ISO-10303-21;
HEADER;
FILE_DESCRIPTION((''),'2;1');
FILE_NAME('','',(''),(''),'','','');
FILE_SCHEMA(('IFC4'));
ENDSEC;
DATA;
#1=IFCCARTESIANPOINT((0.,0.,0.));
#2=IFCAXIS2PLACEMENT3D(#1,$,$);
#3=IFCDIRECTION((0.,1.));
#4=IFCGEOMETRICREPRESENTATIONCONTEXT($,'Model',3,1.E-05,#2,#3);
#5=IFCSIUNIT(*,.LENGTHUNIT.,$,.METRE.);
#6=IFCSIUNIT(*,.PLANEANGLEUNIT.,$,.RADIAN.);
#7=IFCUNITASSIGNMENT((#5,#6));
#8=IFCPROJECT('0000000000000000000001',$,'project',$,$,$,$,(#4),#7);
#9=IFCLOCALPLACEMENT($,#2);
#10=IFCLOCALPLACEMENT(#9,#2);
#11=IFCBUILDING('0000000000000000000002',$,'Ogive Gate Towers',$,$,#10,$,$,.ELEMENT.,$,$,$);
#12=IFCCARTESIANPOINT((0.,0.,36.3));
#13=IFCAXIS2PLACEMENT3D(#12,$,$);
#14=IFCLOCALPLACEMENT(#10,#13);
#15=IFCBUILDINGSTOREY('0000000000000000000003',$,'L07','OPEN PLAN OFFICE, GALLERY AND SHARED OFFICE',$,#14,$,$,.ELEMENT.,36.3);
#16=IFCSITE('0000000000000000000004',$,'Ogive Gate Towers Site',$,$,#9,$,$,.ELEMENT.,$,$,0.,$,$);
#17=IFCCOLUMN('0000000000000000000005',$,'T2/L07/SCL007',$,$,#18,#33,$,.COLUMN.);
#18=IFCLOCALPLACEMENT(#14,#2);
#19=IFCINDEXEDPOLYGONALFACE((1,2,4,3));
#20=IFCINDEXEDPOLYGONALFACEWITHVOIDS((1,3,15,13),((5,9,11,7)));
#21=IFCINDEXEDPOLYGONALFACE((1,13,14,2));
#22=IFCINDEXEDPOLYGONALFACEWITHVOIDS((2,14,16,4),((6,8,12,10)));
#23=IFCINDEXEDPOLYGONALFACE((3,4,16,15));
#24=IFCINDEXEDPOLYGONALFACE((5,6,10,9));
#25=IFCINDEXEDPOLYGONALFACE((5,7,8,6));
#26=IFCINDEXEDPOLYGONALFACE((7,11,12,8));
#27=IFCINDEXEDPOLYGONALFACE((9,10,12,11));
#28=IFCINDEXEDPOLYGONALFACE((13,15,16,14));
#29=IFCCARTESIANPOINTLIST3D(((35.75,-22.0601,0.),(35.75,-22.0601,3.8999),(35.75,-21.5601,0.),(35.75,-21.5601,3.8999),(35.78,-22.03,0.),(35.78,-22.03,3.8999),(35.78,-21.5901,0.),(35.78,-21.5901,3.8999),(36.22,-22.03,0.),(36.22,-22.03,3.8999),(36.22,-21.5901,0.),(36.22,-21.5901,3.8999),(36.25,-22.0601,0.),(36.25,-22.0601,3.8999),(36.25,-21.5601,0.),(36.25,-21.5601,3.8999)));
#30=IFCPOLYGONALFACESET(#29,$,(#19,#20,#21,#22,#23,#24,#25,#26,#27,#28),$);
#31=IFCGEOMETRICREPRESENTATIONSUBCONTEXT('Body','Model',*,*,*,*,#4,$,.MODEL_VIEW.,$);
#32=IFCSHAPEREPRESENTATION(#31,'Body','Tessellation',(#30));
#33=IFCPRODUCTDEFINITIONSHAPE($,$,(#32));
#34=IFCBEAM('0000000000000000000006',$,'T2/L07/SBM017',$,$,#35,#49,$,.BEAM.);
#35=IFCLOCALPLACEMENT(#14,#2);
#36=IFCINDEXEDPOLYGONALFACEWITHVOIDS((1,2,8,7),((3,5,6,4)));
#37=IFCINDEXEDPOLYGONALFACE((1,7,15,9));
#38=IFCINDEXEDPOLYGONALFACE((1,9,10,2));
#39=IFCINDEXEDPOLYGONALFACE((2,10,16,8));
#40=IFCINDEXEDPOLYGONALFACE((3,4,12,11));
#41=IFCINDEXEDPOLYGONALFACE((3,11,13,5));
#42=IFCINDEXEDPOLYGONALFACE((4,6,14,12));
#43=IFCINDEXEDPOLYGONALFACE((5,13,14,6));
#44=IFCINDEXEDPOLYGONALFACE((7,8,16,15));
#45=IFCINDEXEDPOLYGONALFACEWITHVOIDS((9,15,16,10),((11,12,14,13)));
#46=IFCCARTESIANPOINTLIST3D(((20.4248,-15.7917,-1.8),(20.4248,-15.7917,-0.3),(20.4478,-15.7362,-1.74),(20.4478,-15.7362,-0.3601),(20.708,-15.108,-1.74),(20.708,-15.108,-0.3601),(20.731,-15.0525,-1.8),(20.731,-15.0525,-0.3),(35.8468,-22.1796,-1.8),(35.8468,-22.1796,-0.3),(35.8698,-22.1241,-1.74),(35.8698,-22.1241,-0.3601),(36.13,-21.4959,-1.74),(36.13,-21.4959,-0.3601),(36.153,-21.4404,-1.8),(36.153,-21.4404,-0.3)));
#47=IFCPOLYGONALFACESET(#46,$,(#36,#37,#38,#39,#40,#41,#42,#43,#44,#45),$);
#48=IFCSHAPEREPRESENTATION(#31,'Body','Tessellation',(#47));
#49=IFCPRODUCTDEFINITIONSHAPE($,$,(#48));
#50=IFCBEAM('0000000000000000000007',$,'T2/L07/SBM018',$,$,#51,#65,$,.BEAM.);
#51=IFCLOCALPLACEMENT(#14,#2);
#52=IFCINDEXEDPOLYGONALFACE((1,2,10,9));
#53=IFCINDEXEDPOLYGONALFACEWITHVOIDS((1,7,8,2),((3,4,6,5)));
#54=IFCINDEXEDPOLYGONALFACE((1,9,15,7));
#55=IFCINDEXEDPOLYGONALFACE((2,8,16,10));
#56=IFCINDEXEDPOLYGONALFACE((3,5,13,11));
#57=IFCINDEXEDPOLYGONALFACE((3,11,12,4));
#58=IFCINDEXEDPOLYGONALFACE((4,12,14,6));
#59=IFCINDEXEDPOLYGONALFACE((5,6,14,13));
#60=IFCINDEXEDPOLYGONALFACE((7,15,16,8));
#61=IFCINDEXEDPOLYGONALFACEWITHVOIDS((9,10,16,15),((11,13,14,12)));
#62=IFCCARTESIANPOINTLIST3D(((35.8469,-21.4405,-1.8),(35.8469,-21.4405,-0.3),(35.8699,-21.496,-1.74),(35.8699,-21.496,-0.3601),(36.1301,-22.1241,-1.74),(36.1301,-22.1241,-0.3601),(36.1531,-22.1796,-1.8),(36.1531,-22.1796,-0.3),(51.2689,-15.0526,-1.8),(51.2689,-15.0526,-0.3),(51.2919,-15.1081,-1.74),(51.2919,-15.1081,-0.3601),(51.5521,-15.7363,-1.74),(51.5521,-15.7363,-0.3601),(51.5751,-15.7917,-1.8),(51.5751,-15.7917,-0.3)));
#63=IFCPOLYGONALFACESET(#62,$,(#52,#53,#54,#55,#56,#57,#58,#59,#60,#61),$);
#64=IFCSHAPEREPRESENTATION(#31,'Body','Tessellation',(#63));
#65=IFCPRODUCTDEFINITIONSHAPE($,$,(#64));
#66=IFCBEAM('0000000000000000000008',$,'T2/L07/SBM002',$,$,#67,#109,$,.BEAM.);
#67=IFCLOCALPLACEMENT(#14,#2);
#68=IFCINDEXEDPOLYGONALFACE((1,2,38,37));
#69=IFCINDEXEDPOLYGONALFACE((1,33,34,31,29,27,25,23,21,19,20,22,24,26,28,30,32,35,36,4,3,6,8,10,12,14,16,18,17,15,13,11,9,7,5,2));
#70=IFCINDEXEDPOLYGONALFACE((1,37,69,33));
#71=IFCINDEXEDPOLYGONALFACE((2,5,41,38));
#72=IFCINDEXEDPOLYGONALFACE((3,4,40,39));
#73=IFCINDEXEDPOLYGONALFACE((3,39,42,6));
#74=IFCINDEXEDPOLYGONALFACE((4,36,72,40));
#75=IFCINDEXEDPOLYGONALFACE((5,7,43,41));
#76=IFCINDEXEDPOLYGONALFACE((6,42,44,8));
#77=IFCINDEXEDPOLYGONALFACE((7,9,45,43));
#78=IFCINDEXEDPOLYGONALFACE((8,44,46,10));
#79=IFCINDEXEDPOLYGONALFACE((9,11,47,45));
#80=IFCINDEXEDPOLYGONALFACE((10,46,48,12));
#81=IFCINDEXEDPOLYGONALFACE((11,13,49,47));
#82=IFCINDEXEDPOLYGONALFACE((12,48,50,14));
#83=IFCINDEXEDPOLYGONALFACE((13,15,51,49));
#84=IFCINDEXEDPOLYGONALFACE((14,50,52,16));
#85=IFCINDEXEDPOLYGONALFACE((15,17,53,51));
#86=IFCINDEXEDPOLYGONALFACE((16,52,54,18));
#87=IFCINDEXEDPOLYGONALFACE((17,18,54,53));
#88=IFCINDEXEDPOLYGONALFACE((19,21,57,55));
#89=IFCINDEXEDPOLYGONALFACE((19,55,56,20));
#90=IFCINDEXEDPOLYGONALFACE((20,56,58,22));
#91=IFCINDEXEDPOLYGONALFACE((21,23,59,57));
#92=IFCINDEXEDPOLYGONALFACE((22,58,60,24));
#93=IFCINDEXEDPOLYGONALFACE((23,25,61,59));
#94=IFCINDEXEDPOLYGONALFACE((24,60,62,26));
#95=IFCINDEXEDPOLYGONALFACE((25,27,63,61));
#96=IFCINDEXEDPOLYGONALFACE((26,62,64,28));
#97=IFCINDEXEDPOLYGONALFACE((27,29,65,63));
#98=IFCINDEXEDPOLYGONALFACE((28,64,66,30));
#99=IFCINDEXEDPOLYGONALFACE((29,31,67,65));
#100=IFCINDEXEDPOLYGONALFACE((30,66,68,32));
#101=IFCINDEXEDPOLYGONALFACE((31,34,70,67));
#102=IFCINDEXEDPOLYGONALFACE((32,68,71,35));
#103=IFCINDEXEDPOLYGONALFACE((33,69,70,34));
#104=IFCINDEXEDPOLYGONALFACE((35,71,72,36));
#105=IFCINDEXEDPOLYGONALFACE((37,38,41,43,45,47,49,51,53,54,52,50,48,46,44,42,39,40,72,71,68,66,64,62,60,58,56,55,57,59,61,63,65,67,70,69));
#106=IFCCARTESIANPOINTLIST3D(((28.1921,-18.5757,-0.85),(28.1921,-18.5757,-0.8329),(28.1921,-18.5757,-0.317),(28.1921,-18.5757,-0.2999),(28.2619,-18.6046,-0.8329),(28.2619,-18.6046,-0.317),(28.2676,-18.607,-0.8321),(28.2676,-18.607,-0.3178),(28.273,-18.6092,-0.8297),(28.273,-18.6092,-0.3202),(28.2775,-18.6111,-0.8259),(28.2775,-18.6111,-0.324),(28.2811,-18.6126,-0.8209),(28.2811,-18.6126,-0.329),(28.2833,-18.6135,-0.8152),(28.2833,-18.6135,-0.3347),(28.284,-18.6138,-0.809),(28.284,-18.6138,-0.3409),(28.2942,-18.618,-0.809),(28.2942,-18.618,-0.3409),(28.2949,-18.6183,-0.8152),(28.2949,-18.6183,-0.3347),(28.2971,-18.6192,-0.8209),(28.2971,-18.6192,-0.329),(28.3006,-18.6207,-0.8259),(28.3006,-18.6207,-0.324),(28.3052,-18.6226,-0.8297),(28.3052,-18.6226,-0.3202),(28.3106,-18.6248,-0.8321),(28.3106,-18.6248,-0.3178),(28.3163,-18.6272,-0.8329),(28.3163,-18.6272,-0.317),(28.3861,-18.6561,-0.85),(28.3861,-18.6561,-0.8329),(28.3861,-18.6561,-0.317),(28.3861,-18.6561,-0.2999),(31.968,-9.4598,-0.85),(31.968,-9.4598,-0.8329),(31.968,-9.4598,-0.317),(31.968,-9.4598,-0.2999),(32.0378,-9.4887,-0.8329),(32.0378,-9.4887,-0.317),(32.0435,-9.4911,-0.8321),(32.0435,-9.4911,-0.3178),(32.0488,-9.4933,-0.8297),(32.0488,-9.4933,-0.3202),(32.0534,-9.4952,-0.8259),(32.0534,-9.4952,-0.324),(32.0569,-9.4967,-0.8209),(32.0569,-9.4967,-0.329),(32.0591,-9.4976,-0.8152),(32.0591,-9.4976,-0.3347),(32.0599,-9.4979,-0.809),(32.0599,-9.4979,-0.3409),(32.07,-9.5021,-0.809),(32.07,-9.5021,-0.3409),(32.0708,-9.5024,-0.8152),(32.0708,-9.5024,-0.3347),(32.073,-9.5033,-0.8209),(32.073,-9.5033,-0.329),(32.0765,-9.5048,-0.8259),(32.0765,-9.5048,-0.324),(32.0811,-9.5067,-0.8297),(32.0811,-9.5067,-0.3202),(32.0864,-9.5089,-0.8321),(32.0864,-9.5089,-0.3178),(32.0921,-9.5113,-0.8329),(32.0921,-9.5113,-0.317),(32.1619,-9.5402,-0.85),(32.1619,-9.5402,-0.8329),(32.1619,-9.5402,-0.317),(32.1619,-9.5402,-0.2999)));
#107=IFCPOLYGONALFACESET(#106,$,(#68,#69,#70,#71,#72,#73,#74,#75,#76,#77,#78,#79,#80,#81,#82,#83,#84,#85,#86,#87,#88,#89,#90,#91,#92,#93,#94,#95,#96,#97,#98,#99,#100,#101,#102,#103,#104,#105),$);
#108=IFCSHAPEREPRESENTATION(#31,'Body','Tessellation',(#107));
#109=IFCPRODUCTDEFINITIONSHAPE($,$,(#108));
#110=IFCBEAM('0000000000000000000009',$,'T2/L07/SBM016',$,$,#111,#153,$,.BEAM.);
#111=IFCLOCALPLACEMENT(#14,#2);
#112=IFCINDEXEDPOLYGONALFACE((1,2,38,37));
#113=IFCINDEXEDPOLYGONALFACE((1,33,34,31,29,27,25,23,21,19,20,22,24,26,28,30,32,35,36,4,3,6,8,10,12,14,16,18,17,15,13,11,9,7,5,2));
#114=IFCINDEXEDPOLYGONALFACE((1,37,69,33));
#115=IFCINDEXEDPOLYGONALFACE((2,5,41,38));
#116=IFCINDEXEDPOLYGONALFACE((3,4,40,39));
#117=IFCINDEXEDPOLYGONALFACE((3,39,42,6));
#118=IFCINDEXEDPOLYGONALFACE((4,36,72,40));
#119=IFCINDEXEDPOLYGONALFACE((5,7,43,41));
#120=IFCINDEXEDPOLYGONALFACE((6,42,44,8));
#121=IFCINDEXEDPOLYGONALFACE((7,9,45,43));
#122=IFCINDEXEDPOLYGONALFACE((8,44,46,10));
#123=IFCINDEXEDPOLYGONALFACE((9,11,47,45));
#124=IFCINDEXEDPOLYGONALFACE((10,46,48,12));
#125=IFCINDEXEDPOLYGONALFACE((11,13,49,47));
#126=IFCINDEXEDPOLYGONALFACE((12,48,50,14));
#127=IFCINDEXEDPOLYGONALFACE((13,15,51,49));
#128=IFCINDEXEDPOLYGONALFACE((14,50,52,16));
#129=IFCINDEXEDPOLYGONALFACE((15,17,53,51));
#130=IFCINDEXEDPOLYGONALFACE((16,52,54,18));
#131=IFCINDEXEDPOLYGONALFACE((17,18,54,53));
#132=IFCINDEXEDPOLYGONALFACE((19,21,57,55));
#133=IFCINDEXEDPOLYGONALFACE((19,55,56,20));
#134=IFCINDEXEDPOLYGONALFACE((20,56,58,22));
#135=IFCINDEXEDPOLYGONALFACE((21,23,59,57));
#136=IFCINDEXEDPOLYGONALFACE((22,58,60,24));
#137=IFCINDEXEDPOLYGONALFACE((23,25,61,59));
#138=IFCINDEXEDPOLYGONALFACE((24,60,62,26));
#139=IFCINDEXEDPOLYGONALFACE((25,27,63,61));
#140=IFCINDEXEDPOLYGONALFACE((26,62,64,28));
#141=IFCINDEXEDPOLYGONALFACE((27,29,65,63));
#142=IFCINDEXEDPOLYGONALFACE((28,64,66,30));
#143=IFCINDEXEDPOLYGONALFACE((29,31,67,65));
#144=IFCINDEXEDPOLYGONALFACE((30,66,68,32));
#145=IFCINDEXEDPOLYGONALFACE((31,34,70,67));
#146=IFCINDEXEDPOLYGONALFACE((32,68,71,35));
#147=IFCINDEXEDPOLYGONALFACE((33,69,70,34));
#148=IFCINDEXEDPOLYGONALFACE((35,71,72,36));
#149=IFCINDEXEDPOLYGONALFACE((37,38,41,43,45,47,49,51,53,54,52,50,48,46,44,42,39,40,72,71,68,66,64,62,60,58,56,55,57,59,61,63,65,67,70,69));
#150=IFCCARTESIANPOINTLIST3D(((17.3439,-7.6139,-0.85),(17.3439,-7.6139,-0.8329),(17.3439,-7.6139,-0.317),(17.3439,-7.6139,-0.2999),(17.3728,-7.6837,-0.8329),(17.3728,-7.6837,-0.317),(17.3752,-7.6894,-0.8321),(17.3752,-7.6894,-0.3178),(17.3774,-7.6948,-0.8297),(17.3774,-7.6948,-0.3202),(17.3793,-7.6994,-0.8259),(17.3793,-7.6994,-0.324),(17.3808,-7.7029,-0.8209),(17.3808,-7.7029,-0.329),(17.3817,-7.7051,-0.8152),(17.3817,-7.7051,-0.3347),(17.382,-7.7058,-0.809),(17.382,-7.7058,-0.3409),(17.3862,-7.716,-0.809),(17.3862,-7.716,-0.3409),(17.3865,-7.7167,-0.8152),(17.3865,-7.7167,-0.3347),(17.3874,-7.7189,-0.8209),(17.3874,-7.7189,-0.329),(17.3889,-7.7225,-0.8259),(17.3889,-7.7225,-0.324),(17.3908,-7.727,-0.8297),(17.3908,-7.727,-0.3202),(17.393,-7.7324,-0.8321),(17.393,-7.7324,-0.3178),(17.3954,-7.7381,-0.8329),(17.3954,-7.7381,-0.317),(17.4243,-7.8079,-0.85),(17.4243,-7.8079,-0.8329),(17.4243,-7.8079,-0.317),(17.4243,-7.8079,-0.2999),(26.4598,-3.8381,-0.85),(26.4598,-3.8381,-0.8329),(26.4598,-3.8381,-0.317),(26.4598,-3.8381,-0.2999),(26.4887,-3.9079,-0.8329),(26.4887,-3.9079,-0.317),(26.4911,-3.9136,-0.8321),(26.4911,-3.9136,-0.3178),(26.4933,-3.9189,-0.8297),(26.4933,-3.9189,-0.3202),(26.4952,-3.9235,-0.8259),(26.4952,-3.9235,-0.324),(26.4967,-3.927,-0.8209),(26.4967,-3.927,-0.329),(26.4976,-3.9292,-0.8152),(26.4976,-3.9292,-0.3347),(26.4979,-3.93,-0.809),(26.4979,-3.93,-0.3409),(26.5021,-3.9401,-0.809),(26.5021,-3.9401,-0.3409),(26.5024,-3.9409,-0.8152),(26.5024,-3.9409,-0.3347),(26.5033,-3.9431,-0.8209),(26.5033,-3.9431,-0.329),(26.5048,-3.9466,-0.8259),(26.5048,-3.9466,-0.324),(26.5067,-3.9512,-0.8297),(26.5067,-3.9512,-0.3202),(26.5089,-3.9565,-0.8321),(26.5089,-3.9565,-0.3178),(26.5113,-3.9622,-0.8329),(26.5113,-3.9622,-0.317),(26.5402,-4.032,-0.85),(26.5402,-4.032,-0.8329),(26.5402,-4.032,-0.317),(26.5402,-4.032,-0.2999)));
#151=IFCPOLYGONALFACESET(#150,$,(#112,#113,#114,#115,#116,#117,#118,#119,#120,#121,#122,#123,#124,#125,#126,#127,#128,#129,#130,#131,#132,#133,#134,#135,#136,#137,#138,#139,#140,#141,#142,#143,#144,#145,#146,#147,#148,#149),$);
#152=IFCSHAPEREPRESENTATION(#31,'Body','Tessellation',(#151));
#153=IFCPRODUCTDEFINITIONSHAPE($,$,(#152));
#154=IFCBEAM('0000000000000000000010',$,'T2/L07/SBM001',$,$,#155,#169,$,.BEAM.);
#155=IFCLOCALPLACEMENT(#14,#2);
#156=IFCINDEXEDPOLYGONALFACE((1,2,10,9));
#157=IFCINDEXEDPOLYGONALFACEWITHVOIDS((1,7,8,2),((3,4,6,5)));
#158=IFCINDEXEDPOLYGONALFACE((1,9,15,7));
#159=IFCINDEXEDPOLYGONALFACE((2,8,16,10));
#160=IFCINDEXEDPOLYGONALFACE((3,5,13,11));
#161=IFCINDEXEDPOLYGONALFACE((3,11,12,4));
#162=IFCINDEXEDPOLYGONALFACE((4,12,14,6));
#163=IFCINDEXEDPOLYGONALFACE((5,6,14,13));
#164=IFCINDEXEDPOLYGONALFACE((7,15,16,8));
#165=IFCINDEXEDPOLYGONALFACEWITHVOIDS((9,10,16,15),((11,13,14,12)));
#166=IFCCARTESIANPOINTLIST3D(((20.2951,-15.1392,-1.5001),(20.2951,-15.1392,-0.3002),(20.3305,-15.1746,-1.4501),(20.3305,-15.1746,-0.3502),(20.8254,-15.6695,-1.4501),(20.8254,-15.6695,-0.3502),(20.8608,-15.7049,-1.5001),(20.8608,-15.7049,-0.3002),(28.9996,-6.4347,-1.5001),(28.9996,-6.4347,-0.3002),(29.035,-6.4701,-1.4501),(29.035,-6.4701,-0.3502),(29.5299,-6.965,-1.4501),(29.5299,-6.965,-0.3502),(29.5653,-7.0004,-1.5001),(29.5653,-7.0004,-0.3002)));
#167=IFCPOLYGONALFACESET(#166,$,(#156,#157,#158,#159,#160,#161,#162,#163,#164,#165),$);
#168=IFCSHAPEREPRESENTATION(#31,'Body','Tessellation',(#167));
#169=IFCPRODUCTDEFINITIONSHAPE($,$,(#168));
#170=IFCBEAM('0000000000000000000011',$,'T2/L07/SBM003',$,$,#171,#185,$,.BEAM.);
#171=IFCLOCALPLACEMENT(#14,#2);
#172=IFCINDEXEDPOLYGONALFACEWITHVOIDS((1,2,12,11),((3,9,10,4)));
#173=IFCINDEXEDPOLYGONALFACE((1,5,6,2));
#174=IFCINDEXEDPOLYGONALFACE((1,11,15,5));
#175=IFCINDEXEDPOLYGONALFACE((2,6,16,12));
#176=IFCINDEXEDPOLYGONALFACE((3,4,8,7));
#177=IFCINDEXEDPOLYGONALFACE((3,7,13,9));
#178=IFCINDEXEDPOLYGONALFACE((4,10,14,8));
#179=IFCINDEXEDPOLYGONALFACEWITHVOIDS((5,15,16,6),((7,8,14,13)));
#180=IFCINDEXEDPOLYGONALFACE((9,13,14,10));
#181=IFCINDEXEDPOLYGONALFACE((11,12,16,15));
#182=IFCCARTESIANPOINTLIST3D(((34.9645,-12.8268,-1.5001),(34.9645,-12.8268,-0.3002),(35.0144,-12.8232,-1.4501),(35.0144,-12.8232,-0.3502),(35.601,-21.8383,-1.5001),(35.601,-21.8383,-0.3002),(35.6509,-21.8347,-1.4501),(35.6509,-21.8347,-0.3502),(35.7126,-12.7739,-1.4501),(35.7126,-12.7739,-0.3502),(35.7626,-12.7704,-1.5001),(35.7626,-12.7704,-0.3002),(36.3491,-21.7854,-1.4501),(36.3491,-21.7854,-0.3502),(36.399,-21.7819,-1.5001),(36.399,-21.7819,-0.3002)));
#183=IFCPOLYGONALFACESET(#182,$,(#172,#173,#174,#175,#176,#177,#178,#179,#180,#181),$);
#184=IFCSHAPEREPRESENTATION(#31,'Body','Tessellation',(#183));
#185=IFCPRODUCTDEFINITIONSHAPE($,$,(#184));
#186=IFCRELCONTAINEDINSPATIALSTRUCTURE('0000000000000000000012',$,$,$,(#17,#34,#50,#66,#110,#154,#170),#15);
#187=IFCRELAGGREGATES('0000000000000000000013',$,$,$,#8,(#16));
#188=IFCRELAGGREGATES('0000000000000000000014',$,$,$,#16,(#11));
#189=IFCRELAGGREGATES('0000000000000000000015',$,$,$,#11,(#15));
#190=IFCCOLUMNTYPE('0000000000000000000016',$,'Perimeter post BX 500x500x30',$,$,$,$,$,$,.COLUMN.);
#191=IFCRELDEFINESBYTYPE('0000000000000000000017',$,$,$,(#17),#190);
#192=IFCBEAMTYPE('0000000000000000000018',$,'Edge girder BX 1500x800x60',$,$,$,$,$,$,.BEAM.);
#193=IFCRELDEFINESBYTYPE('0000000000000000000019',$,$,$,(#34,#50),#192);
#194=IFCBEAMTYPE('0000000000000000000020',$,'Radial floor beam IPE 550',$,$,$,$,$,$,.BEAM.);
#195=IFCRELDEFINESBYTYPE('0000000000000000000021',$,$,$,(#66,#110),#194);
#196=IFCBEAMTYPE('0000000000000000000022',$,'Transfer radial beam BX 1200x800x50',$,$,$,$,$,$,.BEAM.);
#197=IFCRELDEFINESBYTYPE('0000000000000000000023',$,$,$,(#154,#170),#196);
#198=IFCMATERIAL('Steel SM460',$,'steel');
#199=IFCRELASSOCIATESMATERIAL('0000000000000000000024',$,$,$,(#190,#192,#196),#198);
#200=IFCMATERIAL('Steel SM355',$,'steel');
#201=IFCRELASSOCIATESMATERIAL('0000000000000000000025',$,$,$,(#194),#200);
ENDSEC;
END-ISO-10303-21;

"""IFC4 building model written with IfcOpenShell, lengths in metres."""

from ifc_helpers import new_model, si_unit, direction, frame, origin, origin_2d, place, context, subcontext, project, spatial, hollow_rectangle, i_section, extrude, material, material_profile, profile_set, type_object, element, save


model = new_model("IFC4")

# Units and contexts
model_context = context("Model", 3, precision=1e-05, world=origin(), true_north=direction((0.0, 1.0)))
body_context = subcontext(model_context, "Body", "Model", "MODEL_VIEW")
ifc_project = project(units=[si_unit("LENGTHUNIT", "METRE"), si_unit("PLANEANGLEUNIT", "RADIAN")], contexts=[model_context])

# Site, building, storey
site_placement = place(None, origin())
site = spatial("IfcSite", under=ifc_project, at=site_placement, Name="Ogive Gate Towers Site", CompositionType="ELEMENT", RefElevation=0.0)
building_placement = place(site_placement, origin())
building = spatial("IfcBuilding", under=site, at=building_placement, Name="Ogive Gate Towers", CompositionType="ELEMENT")
storey_placement = place(building_placement, frame((0.0, 0.0, 36.3)))
storey = spatial("IfcBuildingStorey", under=building, at=storey_placement, Name="L07", Description="OPEN PLAN OFFICE, GALLERY AND SHARED OFFICE", CompositionType="ELEMENT", Elevation=36.3)

# Column
ifc_material_1 = material(Name="Steel SM460", Category="steel")
ifc_material_profile_1 = material_profile(ifc_material_1, hollow_rectangle(XDim=0.5, YDim=0.5, WallThickness=0.03, at=origin_2d()), Name="BX 500x500x30")
ifc_profile_set_1 = profile_set([ifc_material_profile_1], Name="Steel SM460")
column_type = type_object("IfcColumnType", Name="Perimeter post BX 500x500x30", PredefinedType="COLUMN", material=ifc_profile_set_1)
column_placement = place(storey_placement, frame((36.0, -21.8101, 0.0), z_axis=(0.0, 0.0, 1.0), x_axis=(1.0, 0.0, 0.0)))
element("IfcColumn", 1, at=column_placement, inside=storey, type_object=column_type, Name="T2/L07/SCL007", PredefinedType="COLUMN", context=body_context, shape_type="SweptSolid", body=[
    extrude(hollow_rectangle(XDim=0.5, YDim=0.5, WallThickness=0.03, at=origin_2d()), origin(), (0.0, 0.0, 1.0), 3.8999),
])

# Beams
ifc_material_profile_2 = material_profile(ifc_material_1, hollow_rectangle(XDim=0.8, YDim=1.5, WallThickness=0.0601, at=origin_2d()), Name="BX 1500x800x60")
ifc_profile_set_2 = profile_set([ifc_material_profile_2], Name="Steel SM460")
beam_type_1 = type_object("IfcBeamType", Name="Edge girder BX 1500x800x60", PredefinedType="BEAM", material=ifc_profile_set_2)
for number, where, z_axis, x_axis, name in (
    (2, (20.5779, -15.4221, -1.05), (0.923882, -0.382678, 0.0), (0.382678, 0.923882, 0.0), "T2/L07/SBM017"),
    (3, (36.0, -21.8101, -1.05), (0.923882, 0.382678, 0.0), (-0.382678, 0.923882, 0.0), "T2/L07/SBM018"),
):
    element("IfcBeam", number, at=place(storey_placement, frame(where, z_axis=z_axis, x_axis=x_axis)), inside=storey, type_object=beam_type_1, Name=name, PredefinedType="BEAM", context=body_context, shape_type="SweptSolid", body=[
        extrude(hollow_rectangle(XDim=0.8, YDim=1.5, WallThickness=0.0601, at=origin_2d()), origin(), (0.0, 0.0, 1.0), 16.6926),
    ])
ifc_material_2 = material(Name="Steel SM355", Category="steel")
ifc_material_profile_3 = material_profile(ifc_material_2, i_section(OverallWidth=0.21, OverallDepth=0.55, WebThickness=0.011, FlangeThickness=0.0171, FilletRadius=0.0239, at=origin_2d()), Name="IPE 550")
ifc_profile_set_3 = profile_set([ifc_material_profile_3], Name="Steel SM355")
beam_type_2 = type_object("IfcBeamType", Name="Radial floor beam IPE 550", PredefinedType="BEAM", material=ifc_profile_set_3)
for number, where, z_axis, x_axis, name in (
    (4, (32.0649, -9.5, -0.575), (-0.382677, -0.923882, 0.0), (0.923882, -0.382677, 0.0), "T2/L07/SBM002"),
    (5, (26.5, -3.9351, -0.575), (-0.923882, -0.382677, 0.0), (0.382677, -0.923882, 0.0), "T2/L07/SBM016"),
):
    element("IfcBeam", number, at=place(storey_placement, frame(where, z_axis=z_axis, x_axis=x_axis)), inside=storey, type_object=beam_type_2, Name=name, PredefinedType="BEAM", context=body_context, shape_type="SweptSolid", body=[
        extrude(i_section(OverallWidth=0.21, OverallDepth=0.55, WebThickness=0.011, FlangeThickness=0.0171, FilletRadius=0.0239, at=origin_2d()), origin(), (0.0, 0.0, 1.0), 9.8669),
    ])
ifc_material_profile_4 = material_profile(ifc_material_1, hollow_rectangle(XDim=0.8, YDim=1.2, WallThickness=0.05, at=origin_2d()), Name="BX 1200x800x50")
ifc_profile_set_4 = profile_set([ifc_material_profile_4], Name="Steel SM460")
beam_type_3 = type_object("IfcBeamType", Name="Transfer radial beam BX 1200x800x50", PredefinedType="BEAM", material=ifc_profile_set_4)
beam_1_placement = place(storey_placement, frame((29.2825, -6.7175, -0.9001), z_axis=(-0.707107, -0.707107, 0.0), x_axis=(0.707107, -0.707107, 0.0)))
element("IfcBeam", 6, at=beam_1_placement, inside=storey, type_object=beam_type_3, Name="T2/L07/SBM001", PredefinedType="BEAM", context=body_context, shape_type="SweptSolid", body=[
    extrude(hollow_rectangle(XDim=0.8, YDim=1.2, WallThickness=0.05, at=origin_2d()), origin(), (0.0, 0.0, 1.0), 12.3101),
])
beam_2_placement = place(storey_placement, frame((35.3635, -12.7986, -0.9001), z_axis=(0.070454, -0.997515, 0.0), x_axis=(0.997515, 0.070454, 0.0)))
element("IfcBeam", 7, at=beam_2_placement, inside=storey, type_object=beam_type_3, Name="T2/L07/SBM003", PredefinedType="BEAM", context=body_context, shape_type="SweptSolid", body=[
    extrude(hollow_rectangle(XDim=0.8, YDim=1.2, WallThickness=0.05, at=origin_2d()), origin(), (0.0, 0.0, 1.0), 9.0339),
])

save(model, "model.ifc")
